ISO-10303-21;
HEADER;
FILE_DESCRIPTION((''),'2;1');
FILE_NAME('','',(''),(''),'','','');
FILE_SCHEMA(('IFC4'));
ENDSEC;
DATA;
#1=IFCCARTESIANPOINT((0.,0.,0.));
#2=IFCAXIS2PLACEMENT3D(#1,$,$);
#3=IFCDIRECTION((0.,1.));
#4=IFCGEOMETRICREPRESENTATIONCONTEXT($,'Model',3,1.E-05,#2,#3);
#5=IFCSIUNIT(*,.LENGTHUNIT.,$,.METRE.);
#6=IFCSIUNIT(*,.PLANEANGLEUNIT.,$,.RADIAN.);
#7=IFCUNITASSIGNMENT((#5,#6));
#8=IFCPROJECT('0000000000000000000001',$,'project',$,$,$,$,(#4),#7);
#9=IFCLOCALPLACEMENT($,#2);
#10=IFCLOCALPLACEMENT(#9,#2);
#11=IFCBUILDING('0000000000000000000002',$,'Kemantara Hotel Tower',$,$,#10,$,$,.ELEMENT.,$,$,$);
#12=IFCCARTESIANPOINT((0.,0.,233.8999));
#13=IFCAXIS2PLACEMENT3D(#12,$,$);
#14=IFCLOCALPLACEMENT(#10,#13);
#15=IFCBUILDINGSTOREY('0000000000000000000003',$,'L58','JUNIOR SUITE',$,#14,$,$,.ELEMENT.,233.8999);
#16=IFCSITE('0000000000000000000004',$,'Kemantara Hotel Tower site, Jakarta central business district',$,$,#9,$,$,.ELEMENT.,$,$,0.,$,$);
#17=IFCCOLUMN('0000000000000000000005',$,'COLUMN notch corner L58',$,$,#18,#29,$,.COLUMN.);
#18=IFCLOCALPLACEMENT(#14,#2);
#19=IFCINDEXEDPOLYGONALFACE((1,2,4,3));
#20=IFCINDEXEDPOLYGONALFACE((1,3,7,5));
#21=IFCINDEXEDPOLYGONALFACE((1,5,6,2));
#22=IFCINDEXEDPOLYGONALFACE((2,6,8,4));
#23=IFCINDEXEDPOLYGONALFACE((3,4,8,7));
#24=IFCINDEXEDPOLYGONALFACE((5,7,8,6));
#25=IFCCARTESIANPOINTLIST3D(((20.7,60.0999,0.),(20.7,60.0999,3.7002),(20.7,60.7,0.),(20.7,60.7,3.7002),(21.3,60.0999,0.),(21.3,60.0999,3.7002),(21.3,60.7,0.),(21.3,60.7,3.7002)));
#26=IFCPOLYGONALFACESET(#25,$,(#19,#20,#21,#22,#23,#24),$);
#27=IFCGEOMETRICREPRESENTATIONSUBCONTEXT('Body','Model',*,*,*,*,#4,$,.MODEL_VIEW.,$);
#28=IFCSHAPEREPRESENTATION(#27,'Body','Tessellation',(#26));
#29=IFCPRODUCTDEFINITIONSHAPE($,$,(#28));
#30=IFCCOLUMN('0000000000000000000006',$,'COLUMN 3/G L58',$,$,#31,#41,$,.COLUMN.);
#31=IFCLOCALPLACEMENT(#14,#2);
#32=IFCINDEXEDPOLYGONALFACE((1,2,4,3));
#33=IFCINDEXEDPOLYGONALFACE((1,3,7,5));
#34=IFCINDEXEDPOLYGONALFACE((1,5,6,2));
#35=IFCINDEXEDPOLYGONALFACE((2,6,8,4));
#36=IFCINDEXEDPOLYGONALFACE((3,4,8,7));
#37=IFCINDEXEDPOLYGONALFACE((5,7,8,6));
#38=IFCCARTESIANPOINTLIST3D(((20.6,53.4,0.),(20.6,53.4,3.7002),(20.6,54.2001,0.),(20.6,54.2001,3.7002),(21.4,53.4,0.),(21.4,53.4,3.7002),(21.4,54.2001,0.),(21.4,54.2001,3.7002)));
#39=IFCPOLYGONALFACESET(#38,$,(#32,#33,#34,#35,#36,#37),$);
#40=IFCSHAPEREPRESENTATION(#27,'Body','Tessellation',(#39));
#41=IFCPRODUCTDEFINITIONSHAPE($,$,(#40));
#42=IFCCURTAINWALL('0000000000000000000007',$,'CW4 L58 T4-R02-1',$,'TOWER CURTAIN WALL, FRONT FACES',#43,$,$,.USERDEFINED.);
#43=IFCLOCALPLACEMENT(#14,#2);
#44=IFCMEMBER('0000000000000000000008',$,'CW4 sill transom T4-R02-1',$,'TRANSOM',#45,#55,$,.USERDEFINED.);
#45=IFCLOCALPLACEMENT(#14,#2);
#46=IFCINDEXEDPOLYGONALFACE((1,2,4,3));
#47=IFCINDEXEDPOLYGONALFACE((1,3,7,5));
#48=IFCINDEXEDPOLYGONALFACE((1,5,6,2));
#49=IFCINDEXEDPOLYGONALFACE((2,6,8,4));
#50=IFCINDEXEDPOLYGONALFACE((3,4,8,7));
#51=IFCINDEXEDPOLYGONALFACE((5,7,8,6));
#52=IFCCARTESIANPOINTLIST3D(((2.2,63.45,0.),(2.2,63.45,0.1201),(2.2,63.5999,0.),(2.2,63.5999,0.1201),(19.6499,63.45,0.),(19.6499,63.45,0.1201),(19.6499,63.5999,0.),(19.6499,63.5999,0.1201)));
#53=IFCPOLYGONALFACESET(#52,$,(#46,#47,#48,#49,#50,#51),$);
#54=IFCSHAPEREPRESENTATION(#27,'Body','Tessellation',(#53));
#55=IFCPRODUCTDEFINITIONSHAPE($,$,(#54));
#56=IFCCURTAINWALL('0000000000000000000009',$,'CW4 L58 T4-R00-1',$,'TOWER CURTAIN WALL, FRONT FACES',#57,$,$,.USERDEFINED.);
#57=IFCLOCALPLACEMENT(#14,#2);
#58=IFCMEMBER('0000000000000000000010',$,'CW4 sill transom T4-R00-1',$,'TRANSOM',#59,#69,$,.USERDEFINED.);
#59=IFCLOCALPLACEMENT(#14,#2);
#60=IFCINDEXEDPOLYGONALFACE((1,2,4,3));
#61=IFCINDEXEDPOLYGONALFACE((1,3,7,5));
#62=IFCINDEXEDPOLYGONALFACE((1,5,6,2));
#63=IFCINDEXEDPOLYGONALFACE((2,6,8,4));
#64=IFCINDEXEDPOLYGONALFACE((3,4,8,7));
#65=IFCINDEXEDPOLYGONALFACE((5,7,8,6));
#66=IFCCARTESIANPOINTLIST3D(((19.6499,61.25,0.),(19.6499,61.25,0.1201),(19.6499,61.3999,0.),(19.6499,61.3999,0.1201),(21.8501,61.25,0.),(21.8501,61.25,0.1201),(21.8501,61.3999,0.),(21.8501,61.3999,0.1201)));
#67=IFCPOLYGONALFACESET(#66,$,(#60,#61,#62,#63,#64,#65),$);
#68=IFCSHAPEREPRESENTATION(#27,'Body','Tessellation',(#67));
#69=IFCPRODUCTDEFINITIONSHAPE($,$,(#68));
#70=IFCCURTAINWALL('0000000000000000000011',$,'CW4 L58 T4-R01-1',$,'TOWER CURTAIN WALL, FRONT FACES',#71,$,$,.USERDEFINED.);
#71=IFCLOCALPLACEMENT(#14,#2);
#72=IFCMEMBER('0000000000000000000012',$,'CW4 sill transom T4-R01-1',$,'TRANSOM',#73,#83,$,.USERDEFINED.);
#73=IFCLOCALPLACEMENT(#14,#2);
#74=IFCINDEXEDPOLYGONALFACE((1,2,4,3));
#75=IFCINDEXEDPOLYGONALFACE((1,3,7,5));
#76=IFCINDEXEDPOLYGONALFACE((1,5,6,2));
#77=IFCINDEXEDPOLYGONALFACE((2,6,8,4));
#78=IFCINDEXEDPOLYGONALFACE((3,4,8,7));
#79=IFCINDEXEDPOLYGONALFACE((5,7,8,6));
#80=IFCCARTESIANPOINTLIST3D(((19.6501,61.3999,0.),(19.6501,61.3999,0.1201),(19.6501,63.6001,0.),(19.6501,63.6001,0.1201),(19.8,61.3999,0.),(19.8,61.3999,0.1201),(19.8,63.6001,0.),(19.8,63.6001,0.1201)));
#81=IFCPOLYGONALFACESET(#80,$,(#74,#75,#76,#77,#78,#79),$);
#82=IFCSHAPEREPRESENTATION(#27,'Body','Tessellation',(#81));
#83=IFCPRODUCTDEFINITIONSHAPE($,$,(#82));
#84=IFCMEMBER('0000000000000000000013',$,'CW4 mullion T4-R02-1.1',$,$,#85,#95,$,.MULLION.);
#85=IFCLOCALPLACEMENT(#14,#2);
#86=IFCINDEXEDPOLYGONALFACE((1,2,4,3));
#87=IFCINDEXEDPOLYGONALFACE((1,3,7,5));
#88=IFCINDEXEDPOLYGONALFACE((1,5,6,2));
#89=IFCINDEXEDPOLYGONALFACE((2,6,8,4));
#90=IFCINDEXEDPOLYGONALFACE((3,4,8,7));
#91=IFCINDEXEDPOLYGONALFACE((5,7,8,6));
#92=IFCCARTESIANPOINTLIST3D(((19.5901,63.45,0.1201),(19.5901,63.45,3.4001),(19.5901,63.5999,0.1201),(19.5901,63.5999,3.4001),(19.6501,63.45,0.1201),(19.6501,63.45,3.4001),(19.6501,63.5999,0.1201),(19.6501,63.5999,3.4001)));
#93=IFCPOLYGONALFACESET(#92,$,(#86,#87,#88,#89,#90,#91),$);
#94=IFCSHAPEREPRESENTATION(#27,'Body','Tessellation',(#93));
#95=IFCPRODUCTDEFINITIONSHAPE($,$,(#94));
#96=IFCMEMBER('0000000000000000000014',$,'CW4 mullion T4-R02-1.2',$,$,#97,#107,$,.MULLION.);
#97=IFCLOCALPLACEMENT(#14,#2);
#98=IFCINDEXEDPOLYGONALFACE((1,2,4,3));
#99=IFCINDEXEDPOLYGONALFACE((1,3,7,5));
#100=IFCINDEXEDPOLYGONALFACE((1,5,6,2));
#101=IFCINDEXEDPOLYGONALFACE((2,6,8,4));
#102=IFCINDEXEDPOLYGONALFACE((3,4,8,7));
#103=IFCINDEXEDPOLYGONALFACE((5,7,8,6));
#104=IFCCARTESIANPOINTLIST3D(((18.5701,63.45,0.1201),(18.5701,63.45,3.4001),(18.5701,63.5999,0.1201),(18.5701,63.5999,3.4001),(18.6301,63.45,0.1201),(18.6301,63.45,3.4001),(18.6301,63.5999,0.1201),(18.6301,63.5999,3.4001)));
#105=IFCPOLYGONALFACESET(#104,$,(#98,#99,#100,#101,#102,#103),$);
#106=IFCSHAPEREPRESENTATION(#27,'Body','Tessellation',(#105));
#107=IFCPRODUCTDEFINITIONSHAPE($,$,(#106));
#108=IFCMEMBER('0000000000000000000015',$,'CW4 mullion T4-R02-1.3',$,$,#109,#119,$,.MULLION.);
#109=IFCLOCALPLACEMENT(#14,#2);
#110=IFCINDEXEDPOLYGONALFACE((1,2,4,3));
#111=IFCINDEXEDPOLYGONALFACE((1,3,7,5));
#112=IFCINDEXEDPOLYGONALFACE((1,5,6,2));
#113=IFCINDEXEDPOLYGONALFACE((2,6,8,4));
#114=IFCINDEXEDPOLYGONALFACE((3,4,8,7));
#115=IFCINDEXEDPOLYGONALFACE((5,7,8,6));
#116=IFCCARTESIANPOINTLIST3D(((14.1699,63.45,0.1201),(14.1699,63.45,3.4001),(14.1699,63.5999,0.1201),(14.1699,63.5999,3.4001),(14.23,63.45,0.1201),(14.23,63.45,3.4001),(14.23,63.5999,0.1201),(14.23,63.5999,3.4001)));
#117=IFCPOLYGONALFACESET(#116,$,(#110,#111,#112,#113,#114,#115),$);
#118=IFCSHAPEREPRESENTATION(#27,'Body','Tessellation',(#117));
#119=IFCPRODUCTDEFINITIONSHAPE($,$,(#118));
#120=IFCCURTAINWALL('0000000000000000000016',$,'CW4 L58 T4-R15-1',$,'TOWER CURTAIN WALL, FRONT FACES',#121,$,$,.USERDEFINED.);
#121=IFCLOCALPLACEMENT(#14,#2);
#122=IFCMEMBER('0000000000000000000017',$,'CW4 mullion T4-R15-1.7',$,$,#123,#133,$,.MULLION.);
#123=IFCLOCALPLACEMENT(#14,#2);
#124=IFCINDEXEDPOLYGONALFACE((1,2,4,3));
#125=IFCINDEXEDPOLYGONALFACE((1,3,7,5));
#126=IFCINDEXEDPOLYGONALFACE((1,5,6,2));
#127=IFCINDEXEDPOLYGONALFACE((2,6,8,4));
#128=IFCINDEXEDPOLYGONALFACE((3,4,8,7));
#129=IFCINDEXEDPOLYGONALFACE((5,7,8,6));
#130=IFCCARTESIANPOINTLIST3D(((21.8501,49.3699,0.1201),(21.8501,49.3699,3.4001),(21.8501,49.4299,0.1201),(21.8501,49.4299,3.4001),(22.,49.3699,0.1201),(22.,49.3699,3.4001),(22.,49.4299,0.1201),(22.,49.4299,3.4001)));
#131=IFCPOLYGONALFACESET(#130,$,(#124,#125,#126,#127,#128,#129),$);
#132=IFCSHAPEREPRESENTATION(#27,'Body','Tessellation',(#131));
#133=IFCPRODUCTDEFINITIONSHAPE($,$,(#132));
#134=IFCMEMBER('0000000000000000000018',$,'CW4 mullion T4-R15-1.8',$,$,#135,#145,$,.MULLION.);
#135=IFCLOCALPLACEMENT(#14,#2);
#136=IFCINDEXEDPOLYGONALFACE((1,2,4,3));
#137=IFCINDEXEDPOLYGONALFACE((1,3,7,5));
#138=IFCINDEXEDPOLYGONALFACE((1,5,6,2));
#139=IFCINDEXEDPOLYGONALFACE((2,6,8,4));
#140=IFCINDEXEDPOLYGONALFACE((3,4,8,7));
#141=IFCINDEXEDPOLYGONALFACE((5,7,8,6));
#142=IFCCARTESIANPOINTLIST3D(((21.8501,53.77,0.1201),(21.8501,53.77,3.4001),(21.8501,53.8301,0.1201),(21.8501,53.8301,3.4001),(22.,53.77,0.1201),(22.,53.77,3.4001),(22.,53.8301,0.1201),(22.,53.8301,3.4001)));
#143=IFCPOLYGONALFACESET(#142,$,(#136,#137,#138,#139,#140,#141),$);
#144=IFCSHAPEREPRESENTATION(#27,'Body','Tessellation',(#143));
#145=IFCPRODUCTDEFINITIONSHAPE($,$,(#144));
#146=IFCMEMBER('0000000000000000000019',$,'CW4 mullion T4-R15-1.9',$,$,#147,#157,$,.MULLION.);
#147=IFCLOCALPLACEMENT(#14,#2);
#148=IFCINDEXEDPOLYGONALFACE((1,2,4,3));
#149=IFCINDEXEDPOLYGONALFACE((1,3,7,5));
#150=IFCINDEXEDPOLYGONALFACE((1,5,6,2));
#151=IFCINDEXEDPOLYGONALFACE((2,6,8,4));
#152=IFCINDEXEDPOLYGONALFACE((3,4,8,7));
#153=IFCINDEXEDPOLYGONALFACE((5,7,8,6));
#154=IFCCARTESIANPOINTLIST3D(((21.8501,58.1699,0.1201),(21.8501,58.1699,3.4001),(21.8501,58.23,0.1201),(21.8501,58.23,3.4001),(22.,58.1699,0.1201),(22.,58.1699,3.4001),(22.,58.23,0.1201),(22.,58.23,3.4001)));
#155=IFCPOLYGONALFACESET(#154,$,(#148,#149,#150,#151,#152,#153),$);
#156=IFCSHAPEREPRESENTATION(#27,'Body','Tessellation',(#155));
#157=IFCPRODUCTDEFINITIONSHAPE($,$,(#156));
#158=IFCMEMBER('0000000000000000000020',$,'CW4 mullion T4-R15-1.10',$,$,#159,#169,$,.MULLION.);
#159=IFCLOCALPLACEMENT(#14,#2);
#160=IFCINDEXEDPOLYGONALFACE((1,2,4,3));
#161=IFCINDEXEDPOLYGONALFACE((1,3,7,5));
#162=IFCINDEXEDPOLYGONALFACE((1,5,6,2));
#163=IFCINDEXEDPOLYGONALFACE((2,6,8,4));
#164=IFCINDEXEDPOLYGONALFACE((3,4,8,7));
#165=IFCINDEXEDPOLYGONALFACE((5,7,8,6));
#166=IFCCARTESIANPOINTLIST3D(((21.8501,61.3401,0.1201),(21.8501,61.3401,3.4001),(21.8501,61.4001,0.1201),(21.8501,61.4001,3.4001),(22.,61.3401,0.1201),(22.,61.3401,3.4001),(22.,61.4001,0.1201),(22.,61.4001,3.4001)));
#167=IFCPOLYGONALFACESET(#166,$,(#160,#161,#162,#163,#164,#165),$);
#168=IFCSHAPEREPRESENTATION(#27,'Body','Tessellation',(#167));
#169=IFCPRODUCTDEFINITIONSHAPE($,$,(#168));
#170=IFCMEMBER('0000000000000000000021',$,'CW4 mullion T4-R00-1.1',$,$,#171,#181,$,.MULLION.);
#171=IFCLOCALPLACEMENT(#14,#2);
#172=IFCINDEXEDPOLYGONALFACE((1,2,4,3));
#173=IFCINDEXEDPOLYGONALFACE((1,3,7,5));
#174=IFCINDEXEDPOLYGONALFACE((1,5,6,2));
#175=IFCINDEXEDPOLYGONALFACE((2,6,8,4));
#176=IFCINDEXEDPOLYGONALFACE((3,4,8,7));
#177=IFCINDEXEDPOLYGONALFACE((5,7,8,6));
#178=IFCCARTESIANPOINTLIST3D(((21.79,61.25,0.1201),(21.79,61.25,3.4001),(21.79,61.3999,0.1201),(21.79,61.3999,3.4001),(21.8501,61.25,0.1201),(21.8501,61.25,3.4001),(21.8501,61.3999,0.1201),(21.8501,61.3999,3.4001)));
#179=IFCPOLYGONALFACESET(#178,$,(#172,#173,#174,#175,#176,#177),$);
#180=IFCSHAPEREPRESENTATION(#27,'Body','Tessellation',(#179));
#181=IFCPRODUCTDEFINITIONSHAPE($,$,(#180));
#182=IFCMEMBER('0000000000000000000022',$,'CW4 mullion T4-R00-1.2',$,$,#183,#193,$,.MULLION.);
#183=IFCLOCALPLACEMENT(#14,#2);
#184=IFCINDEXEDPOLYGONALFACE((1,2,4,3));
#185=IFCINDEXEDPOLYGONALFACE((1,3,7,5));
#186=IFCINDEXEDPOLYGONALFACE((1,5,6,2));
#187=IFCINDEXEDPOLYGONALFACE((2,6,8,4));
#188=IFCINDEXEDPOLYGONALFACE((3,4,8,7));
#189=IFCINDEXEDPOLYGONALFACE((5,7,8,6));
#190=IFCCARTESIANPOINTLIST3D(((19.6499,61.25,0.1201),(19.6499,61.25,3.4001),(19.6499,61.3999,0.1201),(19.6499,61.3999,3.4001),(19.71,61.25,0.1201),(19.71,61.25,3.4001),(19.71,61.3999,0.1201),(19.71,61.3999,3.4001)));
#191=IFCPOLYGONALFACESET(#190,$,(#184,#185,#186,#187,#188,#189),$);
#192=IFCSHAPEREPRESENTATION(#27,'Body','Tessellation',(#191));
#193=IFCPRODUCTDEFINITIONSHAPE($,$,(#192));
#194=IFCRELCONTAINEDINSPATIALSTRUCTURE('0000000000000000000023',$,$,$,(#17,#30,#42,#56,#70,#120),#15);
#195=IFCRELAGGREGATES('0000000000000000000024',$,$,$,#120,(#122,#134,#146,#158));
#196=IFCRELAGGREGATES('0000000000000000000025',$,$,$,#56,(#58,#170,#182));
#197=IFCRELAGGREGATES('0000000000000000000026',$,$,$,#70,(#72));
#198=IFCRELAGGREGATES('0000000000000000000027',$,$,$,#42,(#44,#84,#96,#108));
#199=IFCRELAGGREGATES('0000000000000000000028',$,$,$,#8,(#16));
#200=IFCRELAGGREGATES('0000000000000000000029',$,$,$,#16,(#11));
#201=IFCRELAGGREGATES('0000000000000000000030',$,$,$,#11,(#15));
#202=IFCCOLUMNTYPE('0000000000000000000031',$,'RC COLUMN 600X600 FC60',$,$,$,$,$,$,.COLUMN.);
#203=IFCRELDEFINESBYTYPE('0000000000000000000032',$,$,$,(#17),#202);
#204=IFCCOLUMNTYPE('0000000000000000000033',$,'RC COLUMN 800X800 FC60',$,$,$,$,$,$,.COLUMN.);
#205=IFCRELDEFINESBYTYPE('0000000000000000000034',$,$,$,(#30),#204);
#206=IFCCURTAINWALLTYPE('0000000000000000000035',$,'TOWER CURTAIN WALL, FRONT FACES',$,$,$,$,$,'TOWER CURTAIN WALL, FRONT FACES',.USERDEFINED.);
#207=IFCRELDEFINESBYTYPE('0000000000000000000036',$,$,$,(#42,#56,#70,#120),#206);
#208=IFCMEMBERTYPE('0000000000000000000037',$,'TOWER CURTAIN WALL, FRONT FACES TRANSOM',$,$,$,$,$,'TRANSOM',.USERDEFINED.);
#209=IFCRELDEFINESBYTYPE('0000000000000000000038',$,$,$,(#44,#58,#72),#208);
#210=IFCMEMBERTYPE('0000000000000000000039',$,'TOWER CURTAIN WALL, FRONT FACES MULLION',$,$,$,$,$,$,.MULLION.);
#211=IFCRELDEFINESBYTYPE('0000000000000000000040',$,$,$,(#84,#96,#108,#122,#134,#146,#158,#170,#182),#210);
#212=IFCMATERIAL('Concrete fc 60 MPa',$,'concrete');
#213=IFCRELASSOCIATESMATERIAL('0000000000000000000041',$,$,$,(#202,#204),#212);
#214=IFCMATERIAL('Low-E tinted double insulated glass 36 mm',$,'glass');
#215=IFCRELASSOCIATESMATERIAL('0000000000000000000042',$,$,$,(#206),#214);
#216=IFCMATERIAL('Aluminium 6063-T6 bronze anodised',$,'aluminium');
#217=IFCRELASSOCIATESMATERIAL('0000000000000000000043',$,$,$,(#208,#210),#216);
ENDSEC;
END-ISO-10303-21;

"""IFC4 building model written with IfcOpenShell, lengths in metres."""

from ifc_helpers import new_model, si_unit, direction, frame, origin, origin_2d, place, context, subcontext, project, spatial, rectangle, extrude, source, transform, mapped, material, material_profile, profile_set, type_object, element, aggregate, save


model = new_model("IFC4")

# Units and contexts
model_context = context("Model", 3, precision=1e-05, world=origin(), true_north=direction((0.0, 1.0)))
body_context = subcontext(model_context, "Body", "Model", "MODEL_VIEW")
ifc_project = project(units=[si_unit("LENGTHUNIT", "METRE"), si_unit("PLANEANGLEUNIT", "RADIAN")], contexts=[model_context])

# Site, building, storey
site_placement = place(None, origin())
site = spatial("IfcSite", under=ifc_project, at=site_placement, Name="Kemantara Hotel Tower site, Jakarta central business district", CompositionType="ELEMENT", RefElevation=0.0)
building_placement = place(site_placement, origin())
building = spatial("IfcBuilding", under=site, at=building_placement, Name="Kemantara Hotel Tower", CompositionType="ELEMENT")
storey_placement = place(building_placement, frame((0.0, 0.0, 233.8999)))
storey = spatial("IfcBuildingStorey", under=building, at=storey_placement, Name="L58", Description="JUNIOR SUITE", CompositionType="ELEMENT", Elevation=233.8999)

# Columns
ifc_material_1 = material(Name="Concrete fc 60 MPa", Category="concrete")
ifc_material_profile_1 = material_profile(ifc_material_1, rectangle(XDim=0.6001, YDim=0.6001, at=origin_2d()), Name="RC 600X600")
ifc_profile_set_1 = profile_set([ifc_material_profile_1], Name="Concrete fc 60 MPa")
column_type_1 = type_object("IfcColumnType", Name="RC COLUMN 600X600 FC60", PredefinedType="COLUMN", material=ifc_profile_set_1)
column_1_placement = place(storey_placement, frame((21.0, 60.3999, 0.0), z_axis=(0.0, 0.0, 1.0), x_axis=(1.0, 0.0, 0.0)))
element("IfcColumn", 1, at=column_1_placement, inside=storey, type_object=column_type_1, Name="COLUMN notch corner L58", PredefinedType="COLUMN", context=body_context, shape_type="SweptSolid", body=[
    extrude(rectangle(XDim=0.6001, YDim=0.6001, at=origin_2d()), origin(), (0.0, 0.0, 1.0), 3.7002),
])
ifc_material_profile_2 = material_profile(ifc_material_1, rectangle(XDim=0.8, YDim=0.8, at=origin_2d()), Name="RC 800X800")
ifc_profile_set_2 = profile_set([ifc_material_profile_2], Name="Concrete fc 60 MPa")
column_type_2 = type_object("IfcColumnType", Name="RC COLUMN 800X800 FC60", PredefinedType="COLUMN", material=ifc_profile_set_2)
column_2_placement = place(storey_placement, frame((21.0, 53.8, 0.0), z_axis=(0.0, 0.0, 1.0), x_axis=(1.0, 0.0, 0.0)))
element("IfcColumn", 2, at=column_2_placement, inside=storey, type_object=column_type_2, Name="COLUMN 3/G L58", PredefinedType="COLUMN", context=body_context, shape_type="SweptSolid", body=[
    extrude(rectangle(XDim=0.8, YDim=0.8, at=origin_2d()), origin(), (0.0, 0.0, 1.0), 3.7002),
])

# Curtain walls, members
ifc_material_2 = material(Name="Low-E tinted double insulated glass 36 mm", Category="glass")
curtain_wall_type = type_object("IfcCurtainWallType", Name="TOWER CURTAIN WALL, FRONT FACES", ElementType="TOWER CURTAIN WALL, FRONT FACES", PredefinedType="USERDEFINED", material=ifc_material_2)
curtain_wall_1_placement = place(storey_placement, origin())
curtain_wall_1 = element("IfcCurtainWall", 3, at=curtain_wall_1_placement, inside=storey, type_object=curtain_wall_type, Name="CW4 L58 T4-R02-1", ObjectType="TOWER CURTAIN WALL, FRONT FACES", PredefinedType="USERDEFINED")
ifc_material_3 = material(Name="Aluminium 6063-T6 bronze anodised", Category="aluminium")
ifc_material_profile_3 = material_profile(ifc_material_3, rectangle(XDim=0.1499, YDim=0.1201, at=origin_2d()), Name="TOWER CURTAIN WALL, FRONT FACES TRANSOM")
ifc_profile_set_3 = profile_set([ifc_material_profile_3], Name="Aluminium 6063-T6 bronze anodised")
member_type_1 = type_object("IfcMemberType", Name="TOWER CURTAIN WALL, FRONT FACES TRANSOM", ElementType="TRANSOM", PredefinedType="USERDEFINED", material=ifc_profile_set_3)
member_1_placement = place(storey_placement, frame((19.6499, 63.5249, 0.0601), z_axis=(-1.0, 0.0, 0.0), x_axis=(0.0, -1.0, 0.0)))
member_1 = element("IfcMember", 4, at=member_1_placement, type_object=member_type_1, Name="CW4 sill transom T4-R02-1", ObjectType="TRANSOM", PredefinedType="USERDEFINED", context=body_context, shape_type="SweptSolid", body=[
    extrude(rectangle(XDim=0.1499, YDim=0.1201, at=origin_2d()), origin(), (0.0, 0.0, 1.0), 17.45),
])
curtain_wall_2_placement = place(storey_placement, origin())
curtain_wall_2 = element("IfcCurtainWall", 5, at=curtain_wall_2_placement, inside=storey, type_object=curtain_wall_type, Name="CW4 L58 T4-R00-1", ObjectType="TOWER CURTAIN WALL, FRONT FACES", PredefinedType="USERDEFINED")
member_2_placement = place(storey_placement, frame((21.8501, 61.325, 0.0601), z_axis=(-1.0, 0.0, 0.0), x_axis=(0.0, -1.0, 0.0)))
member_2 = element("IfcMember", 6, at=member_2_placement, type_object=member_type_1, Name="CW4 sill transom T4-R00-1", ObjectType="TRANSOM", PredefinedType="USERDEFINED", context=body_context, shape_type="SweptSolid", body=[
    extrude(rectangle(XDim=0.1499, YDim=0.1201, at=origin_2d()), origin(), (0.0, 0.0, 1.0), 2.2002),
])
curtain_wall_3_placement = place(storey_placement, origin())
curtain_wall_3 = element("IfcCurtainWall", 7, at=curtain_wall_3_placement, inside=storey, type_object=curtain_wall_type, Name="CW4 L58 T4-R01-1", ObjectType="TOWER CURTAIN WALL, FRONT FACES", PredefinedType="USERDEFINED")
member_3_placement = place(storey_placement, frame((19.7251, 61.3999, 0.0601), z_axis=(0.0, 1.0, 0.0), x_axis=(-1.0, 0.0, 0.0)))
member_3 = element("IfcMember", 8, at=member_3_placement, type_object=member_type_1, Name="CW4 sill transom T4-R01-1", ObjectType="TRANSOM", PredefinedType="USERDEFINED", context=body_context, shape_type="SweptSolid", body=[
    extrude(rectangle(XDim=0.1499, YDim=0.1201, at=origin_2d()), origin(), (0.0, 0.0, 1.0), 2.2002),
])

# Members
ifc_material_profile_4 = material_profile(ifc_material_3, rectangle(XDim=0.1499, YDim=0.0601, at=origin_2d()), Name="TOWER CURTAIN WALL, FRONT FACES MULLION")
ifc_profile_set_4 = profile_set([ifc_material_profile_4], Name="Aluminium 6063-T6 bronze anodised")
member_type_2 = type_object("IfcMemberType", Name="TOWER CURTAIN WALL, FRONT FACES MULLION", PredefinedType="MULLION", material=ifc_profile_set_4)
shared_shape_1 = source(origin(), body_context, "Body", "SweptSolid", [
    extrude(rectangle(XDim=0.1499, YDim=0.0601, at=origin_2d()), origin(), (0.0, 0.0, 1.0), 3.28),
])
member_4_placement = place(storey_placement, frame((19.6201, 63.5249, 0.1201), z_axis=(0.0, 0.0, 1.0), x_axis=(0.0, -1.0, 0.0)))
member_4 = element("IfcMember", 9, at=member_4_placement, type_object=member_type_2, Name="CW4 mullion T4-R02-1.1", PredefinedType="MULLION", context=body_context, shape_type="MappedRepresentation", body=[
    mapped(shared_shape_1, transform((0.0, 0.0, 0.0))),
])
member_5_placement = place(storey_placement, frame((18.6001, 63.5249, 0.1201), z_axis=(0.0, 0.0, 1.0), x_axis=(0.0, -1.0, 0.0)))
member_5 = element("IfcMember", 10, at=member_5_placement, type_object=member_type_2, Name="CW4 mullion T4-R02-1.2", PredefinedType="MULLION", context=body_context, shape_type="MappedRepresentation", body=[
    mapped(shared_shape_1, transform((0.0, 0.0, 0.0))),
])
member_6_placement = place(storey_placement, frame((14.2, 63.5249, 0.1201), z_axis=(0.0, 0.0, 1.0), x_axis=(0.0, -1.0, 0.0)))
member_6 = element("IfcMember", 11, at=member_6_placement, type_object=member_type_2, Name="CW4 mullion T4-R02-1.3", PredefinedType="MULLION", context=body_context, shape_type="MappedRepresentation", body=[
    mapped(shared_shape_1, transform((0.0, 0.0, 0.0))),
])

# Curtain wall, members
curtain_wall_4_placement = place(storey_placement, origin())
curtain_wall_4 = element("IfcCurtainWall", 12, at=curtain_wall_4_placement, inside=storey, type_object=curtain_wall_type, Name="CW4 L58 T4-R15-1", ObjectType="TOWER CURTAIN WALL, FRONT FACES", PredefinedType="USERDEFINED")
member_7_placement = place(storey_placement, frame((21.925, 49.3999, 0.1201), z_axis=(0.0, 0.0, 1.0), x_axis=(-1.0, 0.0, 0.0)))
member_7 = element("IfcMember", 13, at=member_7_placement, type_object=member_type_2, Name="CW4 mullion T4-R15-1.7", PredefinedType="MULLION", context=body_context, shape_type="MappedRepresentation", body=[
    mapped(shared_shape_1, transform((0.0, 0.0, 0.0))),
])
member_8_placement = place(storey_placement, frame((21.925, 53.8, 0.1201), z_axis=(0.0, 0.0, 1.0), x_axis=(-1.0, 0.0, 0.0)))
member_8 = element("IfcMember", 14, at=member_8_placement, type_object=member_type_2, Name="CW4 mullion T4-R15-1.8", PredefinedType="MULLION", context=body_context, shape_type="MappedRepresentation", body=[
    mapped(shared_shape_1, transform((0.0, 0.0, 0.0))),
])
member_9_placement = place(storey_placement, frame((21.925, 58.2, 0.1201), z_axis=(0.0, 0.0, 1.0), x_axis=(-1.0, 0.0, 0.0)))
member_9 = element("IfcMember", 15, at=member_9_placement, type_object=member_type_2, Name="CW4 mullion T4-R15-1.9", PredefinedType="MULLION", context=body_context, shape_type="MappedRepresentation", body=[
    mapped(shared_shape_1, transform((0.0, 0.0, 0.0))),
])
member_10_placement = place(storey_placement, frame((21.925, 61.3701, 0.1201), z_axis=(0.0, 0.0, 1.0), x_axis=(-1.0, 0.0, 0.0)))
member_10 = element("IfcMember", 16, at=member_10_placement, type_object=member_type_2, Name="CW4 mullion T4-R15-1.10", PredefinedType="MULLION", context=body_context, shape_type="MappedRepresentation", body=[
    mapped(shared_shape_1, transform((0.0, 0.0, 0.0))),
])

# Members
member_11_placement = place(storey_placement, frame((21.8201, 61.325, 0.1201), z_axis=(0.0, 0.0, 1.0), x_axis=(0.0, -1.0, 0.0)))
member_11 = element("IfcMember", 17, at=member_11_placement, type_object=member_type_2, Name="CW4 mullion T4-R00-1.1", PredefinedType="MULLION", context=body_context, shape_type="MappedRepresentation", body=[
    mapped(shared_shape_1, transform((0.0, 0.0, 0.0))),
])
member_12_placement = place(storey_placement, frame((19.6799, 61.325, 0.1201), z_axis=(0.0, 0.0, 1.0), x_axis=(0.0, -1.0, 0.0)))
member_12 = element("IfcMember", 18, at=member_12_placement, type_object=member_type_2, Name="CW4 mullion T4-R00-1.2", PredefinedType="MULLION", context=body_context, shape_type="MappedRepresentation", body=[
    mapped(shared_shape_1, transform((0.0, 0.0, 0.0))),
])

aggregate(curtain_wall_4, [member_7, member_8, member_9, member_10])
aggregate(curtain_wall_2, [member_2, member_11, member_12])
aggregate(curtain_wall_3, [member_3])
aggregate(curtain_wall_1, [member_1, member_4, member_5, member_6])

save(model, "model.ifc")
